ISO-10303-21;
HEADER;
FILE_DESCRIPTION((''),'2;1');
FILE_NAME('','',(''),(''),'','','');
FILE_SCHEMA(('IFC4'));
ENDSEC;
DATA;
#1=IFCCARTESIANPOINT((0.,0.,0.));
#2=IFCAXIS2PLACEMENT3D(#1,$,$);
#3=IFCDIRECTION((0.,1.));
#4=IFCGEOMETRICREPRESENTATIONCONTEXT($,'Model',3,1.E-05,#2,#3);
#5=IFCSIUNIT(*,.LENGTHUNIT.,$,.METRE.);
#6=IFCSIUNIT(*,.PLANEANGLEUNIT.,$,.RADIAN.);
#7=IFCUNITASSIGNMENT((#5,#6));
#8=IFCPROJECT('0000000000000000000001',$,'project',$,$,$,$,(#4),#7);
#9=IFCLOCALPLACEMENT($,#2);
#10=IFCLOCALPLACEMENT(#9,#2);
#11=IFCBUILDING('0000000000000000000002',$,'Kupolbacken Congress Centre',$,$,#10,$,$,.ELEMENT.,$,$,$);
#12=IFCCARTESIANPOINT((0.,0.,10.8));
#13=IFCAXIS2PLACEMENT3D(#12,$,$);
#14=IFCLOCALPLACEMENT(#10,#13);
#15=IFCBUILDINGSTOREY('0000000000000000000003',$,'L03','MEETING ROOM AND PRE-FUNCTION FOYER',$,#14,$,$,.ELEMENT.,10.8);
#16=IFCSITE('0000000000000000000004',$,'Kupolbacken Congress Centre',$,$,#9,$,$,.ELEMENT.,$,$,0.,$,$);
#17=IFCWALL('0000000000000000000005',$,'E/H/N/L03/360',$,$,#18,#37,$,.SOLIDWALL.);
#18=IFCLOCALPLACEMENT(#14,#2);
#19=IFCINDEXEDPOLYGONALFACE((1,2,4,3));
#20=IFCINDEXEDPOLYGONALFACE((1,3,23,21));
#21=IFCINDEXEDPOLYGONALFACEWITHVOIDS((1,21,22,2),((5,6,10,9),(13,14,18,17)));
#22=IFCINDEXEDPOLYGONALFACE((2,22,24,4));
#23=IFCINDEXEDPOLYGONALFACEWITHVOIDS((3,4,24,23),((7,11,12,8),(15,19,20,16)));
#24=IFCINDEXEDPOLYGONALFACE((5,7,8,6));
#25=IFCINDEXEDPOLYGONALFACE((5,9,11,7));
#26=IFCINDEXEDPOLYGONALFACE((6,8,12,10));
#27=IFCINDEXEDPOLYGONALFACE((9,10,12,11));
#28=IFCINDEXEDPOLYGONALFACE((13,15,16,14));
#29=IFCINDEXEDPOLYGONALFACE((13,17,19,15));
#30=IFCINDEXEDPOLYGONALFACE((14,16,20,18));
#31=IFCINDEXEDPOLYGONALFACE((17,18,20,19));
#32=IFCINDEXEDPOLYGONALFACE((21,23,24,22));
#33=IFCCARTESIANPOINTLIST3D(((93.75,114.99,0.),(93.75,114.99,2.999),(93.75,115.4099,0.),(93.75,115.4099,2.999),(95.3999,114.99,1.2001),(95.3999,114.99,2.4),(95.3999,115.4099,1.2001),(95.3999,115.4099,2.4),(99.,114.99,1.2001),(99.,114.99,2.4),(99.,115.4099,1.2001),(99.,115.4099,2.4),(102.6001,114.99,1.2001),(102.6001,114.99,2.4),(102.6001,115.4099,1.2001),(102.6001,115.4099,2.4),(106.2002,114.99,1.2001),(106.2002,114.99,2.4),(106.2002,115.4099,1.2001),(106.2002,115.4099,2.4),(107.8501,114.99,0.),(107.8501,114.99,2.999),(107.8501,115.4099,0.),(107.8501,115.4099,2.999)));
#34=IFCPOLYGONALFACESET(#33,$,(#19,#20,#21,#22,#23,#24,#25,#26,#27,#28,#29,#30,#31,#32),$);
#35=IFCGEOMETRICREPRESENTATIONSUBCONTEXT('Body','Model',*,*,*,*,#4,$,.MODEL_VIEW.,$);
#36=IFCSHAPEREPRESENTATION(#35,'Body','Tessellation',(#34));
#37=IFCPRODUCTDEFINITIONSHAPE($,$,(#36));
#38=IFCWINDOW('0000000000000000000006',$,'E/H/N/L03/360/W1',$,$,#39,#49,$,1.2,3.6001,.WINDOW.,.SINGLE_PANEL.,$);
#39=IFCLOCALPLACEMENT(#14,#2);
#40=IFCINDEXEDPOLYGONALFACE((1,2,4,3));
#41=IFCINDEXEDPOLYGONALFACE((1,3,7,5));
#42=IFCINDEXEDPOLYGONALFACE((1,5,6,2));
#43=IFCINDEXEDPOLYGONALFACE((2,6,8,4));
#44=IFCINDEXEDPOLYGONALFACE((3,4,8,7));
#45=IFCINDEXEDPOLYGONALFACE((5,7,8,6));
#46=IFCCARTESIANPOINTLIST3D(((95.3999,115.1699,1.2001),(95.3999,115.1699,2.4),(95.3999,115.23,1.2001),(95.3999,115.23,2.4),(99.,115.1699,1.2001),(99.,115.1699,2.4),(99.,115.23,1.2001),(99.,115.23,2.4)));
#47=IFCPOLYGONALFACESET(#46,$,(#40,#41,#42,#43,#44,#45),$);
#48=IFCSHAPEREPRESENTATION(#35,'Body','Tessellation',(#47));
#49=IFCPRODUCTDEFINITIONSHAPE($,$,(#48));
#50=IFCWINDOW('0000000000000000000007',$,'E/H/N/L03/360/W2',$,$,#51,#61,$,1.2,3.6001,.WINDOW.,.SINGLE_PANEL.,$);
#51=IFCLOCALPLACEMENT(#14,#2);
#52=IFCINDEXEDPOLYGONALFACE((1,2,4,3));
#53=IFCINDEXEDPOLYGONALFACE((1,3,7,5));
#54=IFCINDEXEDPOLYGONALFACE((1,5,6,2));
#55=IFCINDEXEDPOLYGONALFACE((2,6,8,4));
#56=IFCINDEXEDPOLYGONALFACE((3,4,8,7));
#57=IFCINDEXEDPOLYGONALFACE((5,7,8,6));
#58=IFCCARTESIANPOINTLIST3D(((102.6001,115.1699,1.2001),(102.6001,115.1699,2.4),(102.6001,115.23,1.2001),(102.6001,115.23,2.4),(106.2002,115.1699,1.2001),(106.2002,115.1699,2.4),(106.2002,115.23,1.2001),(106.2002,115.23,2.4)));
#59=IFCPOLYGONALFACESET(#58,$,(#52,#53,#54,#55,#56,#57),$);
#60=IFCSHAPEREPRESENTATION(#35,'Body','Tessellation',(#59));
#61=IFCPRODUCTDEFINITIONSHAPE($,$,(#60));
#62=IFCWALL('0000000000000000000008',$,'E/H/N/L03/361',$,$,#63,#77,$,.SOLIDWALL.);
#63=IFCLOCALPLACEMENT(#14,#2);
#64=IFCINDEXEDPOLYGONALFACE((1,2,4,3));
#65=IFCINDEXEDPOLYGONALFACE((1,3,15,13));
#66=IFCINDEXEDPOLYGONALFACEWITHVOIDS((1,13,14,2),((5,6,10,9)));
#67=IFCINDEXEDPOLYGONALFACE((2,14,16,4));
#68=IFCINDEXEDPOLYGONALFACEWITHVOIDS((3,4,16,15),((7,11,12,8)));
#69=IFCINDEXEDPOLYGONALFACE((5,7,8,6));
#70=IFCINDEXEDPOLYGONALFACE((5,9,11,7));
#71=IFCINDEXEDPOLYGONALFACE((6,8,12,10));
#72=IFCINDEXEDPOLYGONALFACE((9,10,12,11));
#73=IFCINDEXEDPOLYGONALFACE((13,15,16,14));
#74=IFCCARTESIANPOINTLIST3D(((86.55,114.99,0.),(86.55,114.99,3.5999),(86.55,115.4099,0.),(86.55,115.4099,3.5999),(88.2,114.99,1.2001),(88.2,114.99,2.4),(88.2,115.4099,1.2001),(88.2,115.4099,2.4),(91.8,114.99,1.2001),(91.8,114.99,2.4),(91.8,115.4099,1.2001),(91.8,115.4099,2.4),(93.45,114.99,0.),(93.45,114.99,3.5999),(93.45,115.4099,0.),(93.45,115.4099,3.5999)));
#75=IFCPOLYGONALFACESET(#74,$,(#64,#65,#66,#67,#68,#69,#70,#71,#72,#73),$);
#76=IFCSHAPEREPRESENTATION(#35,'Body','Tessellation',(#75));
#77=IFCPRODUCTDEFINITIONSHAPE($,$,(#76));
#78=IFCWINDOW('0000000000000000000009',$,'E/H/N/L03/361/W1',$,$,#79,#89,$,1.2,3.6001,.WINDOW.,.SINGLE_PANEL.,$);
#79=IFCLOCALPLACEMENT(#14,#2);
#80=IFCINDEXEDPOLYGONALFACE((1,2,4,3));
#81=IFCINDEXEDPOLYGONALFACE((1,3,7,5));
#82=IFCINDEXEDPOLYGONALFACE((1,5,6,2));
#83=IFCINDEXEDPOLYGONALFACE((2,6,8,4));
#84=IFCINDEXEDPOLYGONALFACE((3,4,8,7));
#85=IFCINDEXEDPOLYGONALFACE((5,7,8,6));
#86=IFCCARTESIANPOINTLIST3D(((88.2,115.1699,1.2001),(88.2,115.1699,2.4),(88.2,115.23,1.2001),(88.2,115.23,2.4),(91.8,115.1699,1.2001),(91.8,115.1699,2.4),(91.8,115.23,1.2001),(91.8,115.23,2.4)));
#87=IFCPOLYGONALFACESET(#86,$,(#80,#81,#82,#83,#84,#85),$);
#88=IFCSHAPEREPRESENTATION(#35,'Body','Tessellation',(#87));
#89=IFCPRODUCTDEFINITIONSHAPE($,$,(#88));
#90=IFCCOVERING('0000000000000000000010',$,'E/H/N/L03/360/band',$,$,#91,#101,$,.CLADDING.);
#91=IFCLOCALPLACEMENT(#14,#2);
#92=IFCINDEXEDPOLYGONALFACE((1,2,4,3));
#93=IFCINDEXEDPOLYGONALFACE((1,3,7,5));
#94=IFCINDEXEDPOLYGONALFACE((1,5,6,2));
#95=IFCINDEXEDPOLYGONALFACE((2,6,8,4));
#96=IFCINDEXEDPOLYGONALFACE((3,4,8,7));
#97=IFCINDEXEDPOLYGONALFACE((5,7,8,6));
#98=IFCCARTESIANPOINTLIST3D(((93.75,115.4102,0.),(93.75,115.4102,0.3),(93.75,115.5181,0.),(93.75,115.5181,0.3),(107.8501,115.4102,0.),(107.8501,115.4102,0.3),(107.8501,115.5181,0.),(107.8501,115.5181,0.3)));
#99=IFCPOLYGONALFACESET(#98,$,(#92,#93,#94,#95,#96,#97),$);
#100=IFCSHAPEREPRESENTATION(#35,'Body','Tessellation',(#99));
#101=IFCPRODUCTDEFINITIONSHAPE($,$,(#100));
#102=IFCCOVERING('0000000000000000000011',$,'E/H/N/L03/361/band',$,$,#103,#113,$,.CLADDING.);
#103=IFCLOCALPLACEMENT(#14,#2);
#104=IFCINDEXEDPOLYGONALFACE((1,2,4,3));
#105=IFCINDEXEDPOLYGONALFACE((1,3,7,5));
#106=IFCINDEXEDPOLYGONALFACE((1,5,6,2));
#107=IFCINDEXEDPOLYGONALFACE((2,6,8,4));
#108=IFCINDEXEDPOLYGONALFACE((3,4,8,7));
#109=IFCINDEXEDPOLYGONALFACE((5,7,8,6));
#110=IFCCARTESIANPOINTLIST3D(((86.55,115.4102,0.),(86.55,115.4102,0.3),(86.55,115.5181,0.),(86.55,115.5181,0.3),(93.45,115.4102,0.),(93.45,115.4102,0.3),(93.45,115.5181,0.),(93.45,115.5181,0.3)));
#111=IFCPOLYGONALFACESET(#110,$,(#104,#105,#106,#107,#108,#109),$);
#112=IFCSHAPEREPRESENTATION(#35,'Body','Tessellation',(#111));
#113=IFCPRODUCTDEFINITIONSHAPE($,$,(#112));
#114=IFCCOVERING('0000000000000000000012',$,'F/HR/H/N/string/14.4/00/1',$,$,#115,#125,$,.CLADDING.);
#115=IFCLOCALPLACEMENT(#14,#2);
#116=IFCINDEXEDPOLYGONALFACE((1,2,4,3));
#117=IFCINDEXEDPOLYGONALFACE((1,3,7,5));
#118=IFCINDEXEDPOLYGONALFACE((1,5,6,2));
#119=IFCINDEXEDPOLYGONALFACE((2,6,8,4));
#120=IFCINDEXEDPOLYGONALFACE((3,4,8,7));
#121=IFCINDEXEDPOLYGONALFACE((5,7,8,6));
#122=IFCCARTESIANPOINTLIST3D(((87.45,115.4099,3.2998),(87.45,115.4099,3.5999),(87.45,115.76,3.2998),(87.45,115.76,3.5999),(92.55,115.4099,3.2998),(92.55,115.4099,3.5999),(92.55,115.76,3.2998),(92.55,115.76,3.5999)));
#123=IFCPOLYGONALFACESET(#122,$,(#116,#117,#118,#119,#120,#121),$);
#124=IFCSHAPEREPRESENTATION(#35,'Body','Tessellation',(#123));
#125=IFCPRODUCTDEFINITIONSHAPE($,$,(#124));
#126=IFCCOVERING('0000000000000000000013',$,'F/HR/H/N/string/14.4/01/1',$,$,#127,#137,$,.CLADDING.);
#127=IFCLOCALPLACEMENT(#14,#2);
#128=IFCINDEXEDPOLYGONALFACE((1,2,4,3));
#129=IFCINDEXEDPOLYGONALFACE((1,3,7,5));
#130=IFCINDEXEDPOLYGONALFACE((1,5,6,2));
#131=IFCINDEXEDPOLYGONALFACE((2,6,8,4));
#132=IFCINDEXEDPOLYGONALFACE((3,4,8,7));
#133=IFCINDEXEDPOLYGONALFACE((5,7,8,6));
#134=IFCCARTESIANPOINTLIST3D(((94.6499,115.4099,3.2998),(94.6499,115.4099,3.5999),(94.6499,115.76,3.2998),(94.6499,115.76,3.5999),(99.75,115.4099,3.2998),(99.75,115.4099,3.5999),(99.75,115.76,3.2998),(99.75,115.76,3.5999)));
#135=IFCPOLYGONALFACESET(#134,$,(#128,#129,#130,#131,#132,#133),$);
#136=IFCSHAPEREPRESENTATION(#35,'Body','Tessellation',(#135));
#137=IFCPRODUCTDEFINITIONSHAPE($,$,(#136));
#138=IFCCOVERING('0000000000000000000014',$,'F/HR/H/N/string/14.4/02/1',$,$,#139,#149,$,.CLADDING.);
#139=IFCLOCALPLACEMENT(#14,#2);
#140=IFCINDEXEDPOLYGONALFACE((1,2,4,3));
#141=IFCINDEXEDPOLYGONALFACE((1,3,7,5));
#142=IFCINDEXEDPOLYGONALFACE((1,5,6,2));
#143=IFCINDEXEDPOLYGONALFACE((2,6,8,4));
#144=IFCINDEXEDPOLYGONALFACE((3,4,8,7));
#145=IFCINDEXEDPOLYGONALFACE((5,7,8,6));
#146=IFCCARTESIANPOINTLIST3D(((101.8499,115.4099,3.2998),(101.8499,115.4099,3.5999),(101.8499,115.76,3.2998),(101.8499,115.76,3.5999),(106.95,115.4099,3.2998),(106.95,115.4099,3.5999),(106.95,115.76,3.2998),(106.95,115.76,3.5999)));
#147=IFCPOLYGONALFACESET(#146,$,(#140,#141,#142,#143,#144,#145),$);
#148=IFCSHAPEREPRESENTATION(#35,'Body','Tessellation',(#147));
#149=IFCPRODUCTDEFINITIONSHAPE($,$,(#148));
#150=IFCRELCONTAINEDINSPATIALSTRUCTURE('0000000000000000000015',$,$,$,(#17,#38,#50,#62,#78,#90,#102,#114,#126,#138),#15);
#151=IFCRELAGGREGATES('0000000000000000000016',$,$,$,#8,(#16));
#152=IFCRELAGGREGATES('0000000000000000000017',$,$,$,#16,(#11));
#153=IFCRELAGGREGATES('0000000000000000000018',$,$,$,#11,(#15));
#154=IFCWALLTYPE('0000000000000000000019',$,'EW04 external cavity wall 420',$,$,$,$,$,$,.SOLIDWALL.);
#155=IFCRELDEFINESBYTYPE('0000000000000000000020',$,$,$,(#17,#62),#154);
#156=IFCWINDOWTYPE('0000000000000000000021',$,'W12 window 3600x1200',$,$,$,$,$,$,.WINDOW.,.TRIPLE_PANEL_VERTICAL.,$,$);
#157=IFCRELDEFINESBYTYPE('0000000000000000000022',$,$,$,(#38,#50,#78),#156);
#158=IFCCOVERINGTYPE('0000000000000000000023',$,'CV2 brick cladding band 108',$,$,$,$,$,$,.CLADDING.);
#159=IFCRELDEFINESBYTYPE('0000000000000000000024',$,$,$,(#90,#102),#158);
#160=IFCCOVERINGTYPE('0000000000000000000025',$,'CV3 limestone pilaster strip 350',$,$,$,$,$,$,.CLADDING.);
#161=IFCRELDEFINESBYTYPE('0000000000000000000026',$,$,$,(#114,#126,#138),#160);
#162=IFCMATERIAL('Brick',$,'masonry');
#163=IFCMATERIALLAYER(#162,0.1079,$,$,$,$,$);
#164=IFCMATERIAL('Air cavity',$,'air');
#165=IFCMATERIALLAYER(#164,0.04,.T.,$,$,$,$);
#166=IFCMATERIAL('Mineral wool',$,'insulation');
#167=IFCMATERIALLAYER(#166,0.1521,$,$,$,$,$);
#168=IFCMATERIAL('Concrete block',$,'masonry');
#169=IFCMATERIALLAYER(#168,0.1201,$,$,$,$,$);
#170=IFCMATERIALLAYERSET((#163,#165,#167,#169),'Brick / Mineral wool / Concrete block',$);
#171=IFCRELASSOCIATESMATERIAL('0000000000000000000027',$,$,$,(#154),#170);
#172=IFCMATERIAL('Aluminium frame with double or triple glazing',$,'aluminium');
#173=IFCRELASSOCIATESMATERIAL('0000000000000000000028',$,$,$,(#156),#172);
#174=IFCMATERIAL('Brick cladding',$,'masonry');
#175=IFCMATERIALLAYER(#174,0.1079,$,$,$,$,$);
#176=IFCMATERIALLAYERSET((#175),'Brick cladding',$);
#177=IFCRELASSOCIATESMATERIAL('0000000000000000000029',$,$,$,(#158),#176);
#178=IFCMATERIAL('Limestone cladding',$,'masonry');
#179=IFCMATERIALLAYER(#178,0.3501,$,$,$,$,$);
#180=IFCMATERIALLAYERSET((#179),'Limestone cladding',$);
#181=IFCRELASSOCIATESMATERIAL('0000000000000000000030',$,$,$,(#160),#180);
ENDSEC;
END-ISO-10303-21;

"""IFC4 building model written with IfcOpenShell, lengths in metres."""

from ifc_helpers import new_model, si_unit, direction, frame, frame_2d, origin, origin_2d, place, context, subcontext, project, spatial, rectangle, extrude, material, layer, layer_set, type_object, element, fill, save


model = new_model("IFC4")

# Units and contexts
model_context = context("Model", 3, precision=1e-05, world=origin(), true_north=direction((0.0, 1.0)))
body_context = subcontext(model_context, "Body", "Model", "MODEL_VIEW")
ifc_project = project(units=[si_unit("LENGTHUNIT", "METRE"), si_unit("PLANEANGLEUNIT", "RADIAN")], contexts=[model_context])

# Site, building, storey
site_placement = place(None, origin())
site = spatial("IfcSite", under=ifc_project, at=site_placement, Name="Kupolbacken Congress Centre", CompositionType="ELEMENT", RefElevation=0.0)
building_placement = place(site_placement, origin())
building = spatial("IfcBuilding", under=site, at=building_placement, Name="Kupolbacken Congress Centre", CompositionType="ELEMENT")
storey_placement = place(building_placement, frame((0.0, 0.0, 10.8)))
storey = spatial("IfcBuildingStorey", under=building, at=storey_placement, Name="L03", Description="MEETING ROOM AND PRE-FUNCTION FOYER", CompositionType="ELEMENT", Elevation=10.8)

# Wall, openings, windows
ifc_material_1 = material(Name="Brick", Category="masonry")
ifc_layer_1 = layer(ifc_material_1, 0.1079)
ifc_material_2 = material(Name="Air cavity", Category="air")
ifc_layer_2 = layer(ifc_material_2, 0.04, ventilated=True)
ifc_material_3 = material(Name="Mineral wool", Category="insulation")
ifc_layer_3 = layer(ifc_material_3, 0.1521)
ifc_material_4 = material(Name="Concrete block", Category="masonry")
ifc_layer_4 = layer(ifc_material_4, 0.1201)
ifc_layer_set_1 = layer_set([ifc_layer_1, ifc_layer_2, ifc_layer_3, ifc_layer_4], Name="Brick / Mineral wool / Concrete block")
wall_type = type_object("IfcWallType", Name="EW04 external cavity wall 420", PredefinedType="SOLIDWALL", material=ifc_layer_set_1)
wall_1_placement = place(storey_placement, frame((107.8501, 115.2, 0.0), z_axis=(0.0, 0.0, 1.0), x_axis=(-1.0, 0.0, 0.0)))
wall_1 = element("IfcWall", 1, at=wall_1_placement, inside=storey, type_object=wall_type, Name="E/H/N/L03/360", PredefinedType="SOLIDWALL", context=body_context, shape_type="SweptSolid", body=[
    extrude(rectangle(XDim=14.1001, YDim=0.4199, at=frame_2d((7.05, 0.0))), origin(), (0.0, 0.0, 1.0), 2.999),
])
opening_1_placement = place(wall_1_placement, frame((8.8501, 0.0, 1.2)))
opening_1 = element("IfcOpeningElement", 2, at=opening_1_placement, cuts=wall_1, PredefinedType="OPENING", context=body_context, shape_type="SweptSolid", body=[
    extrude(rectangle(XDim=3.6001, YDim=1.2, at=frame_2d((1.8, 0.6001))), frame((0.0, 0.22, 0.0), z_axis=(0.0, -1.0, 0.0), x_axis=(1.0, 0.0, 0.0)), (0.0, 0.0, 1.0), 0.4399),
])
opening_2_placement = place(wall_1_placement, frame((1.6499, 0.0, 1.2)))
opening_2 = element("IfcOpeningElement", 3, at=opening_2_placement, cuts=wall_1, PredefinedType="OPENING", context=body_context, shape_type="SweptSolid", body=[
    extrude(rectangle(XDim=3.6001, YDim=1.2, at=frame_2d((1.8, 0.6001))), frame((0.0, 0.22, 0.0), z_axis=(0.0, -1.0, 0.0), x_axis=(1.0, 0.0, 0.0)), (0.0, 0.0, 1.0), 0.4399),
])
ifc_material_5 = material(Name="Aluminium frame with double or triple glazing", Category="aluminium")
window_type = type_object("IfcWindowType", Name="W12 window 3600x1200", PartitioningType="TRIPLE_PANEL_VERTICAL", PredefinedType="WINDOW", material=ifc_material_5)
window_1_placement = place(opening_1_placement, origin())
window_1 = element("IfcWindow", 4, at=window_1_placement, inside=storey, type_object=window_type, Name="E/H/N/L03/360/W1", OverallHeight=1.2, OverallWidth=3.6001, PartitioningType="SINGLE_PANEL", PredefinedType="WINDOW", context=body_context, shape_type="SweptSolid", body=[
    extrude(rectangle(XDim=3.6001, YDim=1.2, at=frame_2d((1.8, 0.6001))), frame((0.0, 0.03, 0.0), z_axis=(0.0, -1.0, 0.0), x_axis=(1.0, 0.0, 0.0)), (0.0, 0.0, 1.0), 0.0601),
])
fill(opening_1, window_1)
window_2_placement = place(opening_2_placement, origin())
window_2 = element("IfcWindow", 5, at=window_2_placement, inside=storey, type_object=window_type, Name="E/H/N/L03/360/W2", OverallHeight=1.2, OverallWidth=3.6001, PartitioningType="SINGLE_PANEL", PredefinedType="WINDOW", context=body_context, shape_type="SweptSolid", body=[
    extrude(rectangle(XDim=3.6001, YDim=1.2, at=frame_2d((1.8, 0.6001))), frame((0.0, 0.03, 0.0), z_axis=(0.0, -1.0, 0.0), x_axis=(1.0, 0.0, 0.0)), (0.0, 0.0, 1.0), 0.0601),
])
fill(opening_2, window_2)

# Wall, opening, window
wall_2_placement = place(storey_placement, frame((93.45, 115.2, 0.0), z_axis=(0.0, 0.0, 1.0), x_axis=(-1.0, 0.0, 0.0)))
wall_2 = element("IfcWall", 6, at=wall_2_placement, inside=storey, type_object=wall_type, Name="E/H/N/L03/361", PredefinedType="SOLIDWALL", context=body_context, shape_type="SweptSolid", body=[
    extrude(rectangle(XDim=6.8999, YDim=0.4199, at=frame_2d((3.45, 0.0))), origin(), (0.0, 0.0, 1.0), 3.5999),
])
opening_3_placement = place(wall_2_placement, frame((1.6499, 0.0, 1.2)))
opening_3 = element("IfcOpeningElement", 7, at=opening_3_placement, cuts=wall_2, PredefinedType="OPENING", context=body_context, shape_type="SweptSolid", body=[
    extrude(rectangle(XDim=3.6001, YDim=1.2, at=frame_2d((1.8, 0.6001))), frame((0.0, 0.22, 0.0), z_axis=(0.0, -1.0, 0.0), x_axis=(1.0, 0.0, 0.0)), (0.0, 0.0, 1.0), 0.4399),
])
window_3_placement = place(opening_3_placement, origin())
window_3 = element("IfcWindow", 8, at=window_3_placement, inside=storey, type_object=window_type, Name="E/H/N/L03/361/W1", OverallHeight=1.2, OverallWidth=3.6001, PartitioningType="SINGLE_PANEL", PredefinedType="WINDOW", context=body_context, shape_type="SweptSolid", body=[
    extrude(rectangle(XDim=3.6001, YDim=1.2, at=frame_2d((1.8, 0.6001))), frame((0.0, 0.03, 0.0), z_axis=(0.0, -1.0, 0.0), x_axis=(1.0, 0.0, 0.0)), (0.0, 0.0, 1.0), 0.0601),
])
fill(opening_3, window_3)

# Coverings
ifc_material_6 = material(Name="Brick cladding", Category="masonry")
ifc_layer_5 = layer(ifc_material_6, 0.1079)
ifc_layer_set_2 = layer_set([ifc_layer_5], Name="Brick cladding")
covering_type_1 = type_object("IfcCoveringType", Name="CV2 brick cladding band 108", PredefinedType="CLADDING", material=ifc_layer_set_2)
covering_1_placement = place(storey_placement, frame((100.8, 115.4641, 0.0), z_axis=(0.0, 0.0, 1.0), x_axis=(-1.0, 0.0, 0.0)))
element("IfcCovering", 9, at=covering_1_placement, inside=storey, type_object=covering_type_1, Name="E/H/N/L03/360/band", PredefinedType="CLADDING", context=body_context, shape_type="SweptSolid", body=[
    extrude(rectangle(XDim=14.1001, YDim=0.1079, at=origin_2d()), origin(), (0.0, 0.0, 1.0), 0.3),
])
covering_2_placement = place(storey_placement, frame((90.0, 115.4641, 0.0), z_axis=(0.0, 0.0, 1.0), x_axis=(-1.0, 0.0, 0.0)))
element("IfcCovering", 10, at=covering_2_placement, inside=storey, type_object=covering_type_1, Name="E/H/N/L03/361/band", PredefinedType="CLADDING", context=body_context, shape_type="SweptSolid", body=[
    extrude(rectangle(XDim=6.8999, YDim=0.1079, at=origin_2d()), origin(), (0.0, 0.0, 1.0), 0.3),
])
ifc_material_7 = material(Name="Limestone cladding", Category="masonry")
ifc_layer_6 = layer(ifc_material_7, 0.3501)
ifc_layer_set_3 = layer_set([ifc_layer_6], Name="Limestone cladding")
covering_type_2 = type_object("IfcCoveringType", Name="CV3 limestone pilaster strip 350", PredefinedType="CLADDING", material=ifc_layer_set_3)
for number, where, z_axis, x_axis, name in (
    (11, (90.0, 115.585, 3.2998), (0.0, 0.0, 1.0), (1.0, 0.0, 0.0), "F/HR/H/N/string/14.4/00/1"),
    (12, (97.2, 115.585, 3.2998), (0.0, 0.0, 1.0), (1.0, 0.0, 0.0), "F/HR/H/N/string/14.4/01/1"),
    (13, (104.3999, 115.585, 3.2998), (0.0, 0.0, 1.0), (1.0, 0.0, 0.0), "F/HR/H/N/string/14.4/02/1"),
):
    element("IfcCovering", number, at=place(storey_placement, frame(where, z_axis=z_axis, x_axis=x_axis)), inside=storey, type_object=covering_type_2, Name=name, PredefinedType="CLADDING", context=body_context, shape_type="SweptSolid", body=[
        extrude(rectangle(XDim=5.1001, YDim=0.3501, at=origin_2d()), origin(), (0.0, 0.0, 1.0), 0.3),
    ])

save(model, "model.ifc")
